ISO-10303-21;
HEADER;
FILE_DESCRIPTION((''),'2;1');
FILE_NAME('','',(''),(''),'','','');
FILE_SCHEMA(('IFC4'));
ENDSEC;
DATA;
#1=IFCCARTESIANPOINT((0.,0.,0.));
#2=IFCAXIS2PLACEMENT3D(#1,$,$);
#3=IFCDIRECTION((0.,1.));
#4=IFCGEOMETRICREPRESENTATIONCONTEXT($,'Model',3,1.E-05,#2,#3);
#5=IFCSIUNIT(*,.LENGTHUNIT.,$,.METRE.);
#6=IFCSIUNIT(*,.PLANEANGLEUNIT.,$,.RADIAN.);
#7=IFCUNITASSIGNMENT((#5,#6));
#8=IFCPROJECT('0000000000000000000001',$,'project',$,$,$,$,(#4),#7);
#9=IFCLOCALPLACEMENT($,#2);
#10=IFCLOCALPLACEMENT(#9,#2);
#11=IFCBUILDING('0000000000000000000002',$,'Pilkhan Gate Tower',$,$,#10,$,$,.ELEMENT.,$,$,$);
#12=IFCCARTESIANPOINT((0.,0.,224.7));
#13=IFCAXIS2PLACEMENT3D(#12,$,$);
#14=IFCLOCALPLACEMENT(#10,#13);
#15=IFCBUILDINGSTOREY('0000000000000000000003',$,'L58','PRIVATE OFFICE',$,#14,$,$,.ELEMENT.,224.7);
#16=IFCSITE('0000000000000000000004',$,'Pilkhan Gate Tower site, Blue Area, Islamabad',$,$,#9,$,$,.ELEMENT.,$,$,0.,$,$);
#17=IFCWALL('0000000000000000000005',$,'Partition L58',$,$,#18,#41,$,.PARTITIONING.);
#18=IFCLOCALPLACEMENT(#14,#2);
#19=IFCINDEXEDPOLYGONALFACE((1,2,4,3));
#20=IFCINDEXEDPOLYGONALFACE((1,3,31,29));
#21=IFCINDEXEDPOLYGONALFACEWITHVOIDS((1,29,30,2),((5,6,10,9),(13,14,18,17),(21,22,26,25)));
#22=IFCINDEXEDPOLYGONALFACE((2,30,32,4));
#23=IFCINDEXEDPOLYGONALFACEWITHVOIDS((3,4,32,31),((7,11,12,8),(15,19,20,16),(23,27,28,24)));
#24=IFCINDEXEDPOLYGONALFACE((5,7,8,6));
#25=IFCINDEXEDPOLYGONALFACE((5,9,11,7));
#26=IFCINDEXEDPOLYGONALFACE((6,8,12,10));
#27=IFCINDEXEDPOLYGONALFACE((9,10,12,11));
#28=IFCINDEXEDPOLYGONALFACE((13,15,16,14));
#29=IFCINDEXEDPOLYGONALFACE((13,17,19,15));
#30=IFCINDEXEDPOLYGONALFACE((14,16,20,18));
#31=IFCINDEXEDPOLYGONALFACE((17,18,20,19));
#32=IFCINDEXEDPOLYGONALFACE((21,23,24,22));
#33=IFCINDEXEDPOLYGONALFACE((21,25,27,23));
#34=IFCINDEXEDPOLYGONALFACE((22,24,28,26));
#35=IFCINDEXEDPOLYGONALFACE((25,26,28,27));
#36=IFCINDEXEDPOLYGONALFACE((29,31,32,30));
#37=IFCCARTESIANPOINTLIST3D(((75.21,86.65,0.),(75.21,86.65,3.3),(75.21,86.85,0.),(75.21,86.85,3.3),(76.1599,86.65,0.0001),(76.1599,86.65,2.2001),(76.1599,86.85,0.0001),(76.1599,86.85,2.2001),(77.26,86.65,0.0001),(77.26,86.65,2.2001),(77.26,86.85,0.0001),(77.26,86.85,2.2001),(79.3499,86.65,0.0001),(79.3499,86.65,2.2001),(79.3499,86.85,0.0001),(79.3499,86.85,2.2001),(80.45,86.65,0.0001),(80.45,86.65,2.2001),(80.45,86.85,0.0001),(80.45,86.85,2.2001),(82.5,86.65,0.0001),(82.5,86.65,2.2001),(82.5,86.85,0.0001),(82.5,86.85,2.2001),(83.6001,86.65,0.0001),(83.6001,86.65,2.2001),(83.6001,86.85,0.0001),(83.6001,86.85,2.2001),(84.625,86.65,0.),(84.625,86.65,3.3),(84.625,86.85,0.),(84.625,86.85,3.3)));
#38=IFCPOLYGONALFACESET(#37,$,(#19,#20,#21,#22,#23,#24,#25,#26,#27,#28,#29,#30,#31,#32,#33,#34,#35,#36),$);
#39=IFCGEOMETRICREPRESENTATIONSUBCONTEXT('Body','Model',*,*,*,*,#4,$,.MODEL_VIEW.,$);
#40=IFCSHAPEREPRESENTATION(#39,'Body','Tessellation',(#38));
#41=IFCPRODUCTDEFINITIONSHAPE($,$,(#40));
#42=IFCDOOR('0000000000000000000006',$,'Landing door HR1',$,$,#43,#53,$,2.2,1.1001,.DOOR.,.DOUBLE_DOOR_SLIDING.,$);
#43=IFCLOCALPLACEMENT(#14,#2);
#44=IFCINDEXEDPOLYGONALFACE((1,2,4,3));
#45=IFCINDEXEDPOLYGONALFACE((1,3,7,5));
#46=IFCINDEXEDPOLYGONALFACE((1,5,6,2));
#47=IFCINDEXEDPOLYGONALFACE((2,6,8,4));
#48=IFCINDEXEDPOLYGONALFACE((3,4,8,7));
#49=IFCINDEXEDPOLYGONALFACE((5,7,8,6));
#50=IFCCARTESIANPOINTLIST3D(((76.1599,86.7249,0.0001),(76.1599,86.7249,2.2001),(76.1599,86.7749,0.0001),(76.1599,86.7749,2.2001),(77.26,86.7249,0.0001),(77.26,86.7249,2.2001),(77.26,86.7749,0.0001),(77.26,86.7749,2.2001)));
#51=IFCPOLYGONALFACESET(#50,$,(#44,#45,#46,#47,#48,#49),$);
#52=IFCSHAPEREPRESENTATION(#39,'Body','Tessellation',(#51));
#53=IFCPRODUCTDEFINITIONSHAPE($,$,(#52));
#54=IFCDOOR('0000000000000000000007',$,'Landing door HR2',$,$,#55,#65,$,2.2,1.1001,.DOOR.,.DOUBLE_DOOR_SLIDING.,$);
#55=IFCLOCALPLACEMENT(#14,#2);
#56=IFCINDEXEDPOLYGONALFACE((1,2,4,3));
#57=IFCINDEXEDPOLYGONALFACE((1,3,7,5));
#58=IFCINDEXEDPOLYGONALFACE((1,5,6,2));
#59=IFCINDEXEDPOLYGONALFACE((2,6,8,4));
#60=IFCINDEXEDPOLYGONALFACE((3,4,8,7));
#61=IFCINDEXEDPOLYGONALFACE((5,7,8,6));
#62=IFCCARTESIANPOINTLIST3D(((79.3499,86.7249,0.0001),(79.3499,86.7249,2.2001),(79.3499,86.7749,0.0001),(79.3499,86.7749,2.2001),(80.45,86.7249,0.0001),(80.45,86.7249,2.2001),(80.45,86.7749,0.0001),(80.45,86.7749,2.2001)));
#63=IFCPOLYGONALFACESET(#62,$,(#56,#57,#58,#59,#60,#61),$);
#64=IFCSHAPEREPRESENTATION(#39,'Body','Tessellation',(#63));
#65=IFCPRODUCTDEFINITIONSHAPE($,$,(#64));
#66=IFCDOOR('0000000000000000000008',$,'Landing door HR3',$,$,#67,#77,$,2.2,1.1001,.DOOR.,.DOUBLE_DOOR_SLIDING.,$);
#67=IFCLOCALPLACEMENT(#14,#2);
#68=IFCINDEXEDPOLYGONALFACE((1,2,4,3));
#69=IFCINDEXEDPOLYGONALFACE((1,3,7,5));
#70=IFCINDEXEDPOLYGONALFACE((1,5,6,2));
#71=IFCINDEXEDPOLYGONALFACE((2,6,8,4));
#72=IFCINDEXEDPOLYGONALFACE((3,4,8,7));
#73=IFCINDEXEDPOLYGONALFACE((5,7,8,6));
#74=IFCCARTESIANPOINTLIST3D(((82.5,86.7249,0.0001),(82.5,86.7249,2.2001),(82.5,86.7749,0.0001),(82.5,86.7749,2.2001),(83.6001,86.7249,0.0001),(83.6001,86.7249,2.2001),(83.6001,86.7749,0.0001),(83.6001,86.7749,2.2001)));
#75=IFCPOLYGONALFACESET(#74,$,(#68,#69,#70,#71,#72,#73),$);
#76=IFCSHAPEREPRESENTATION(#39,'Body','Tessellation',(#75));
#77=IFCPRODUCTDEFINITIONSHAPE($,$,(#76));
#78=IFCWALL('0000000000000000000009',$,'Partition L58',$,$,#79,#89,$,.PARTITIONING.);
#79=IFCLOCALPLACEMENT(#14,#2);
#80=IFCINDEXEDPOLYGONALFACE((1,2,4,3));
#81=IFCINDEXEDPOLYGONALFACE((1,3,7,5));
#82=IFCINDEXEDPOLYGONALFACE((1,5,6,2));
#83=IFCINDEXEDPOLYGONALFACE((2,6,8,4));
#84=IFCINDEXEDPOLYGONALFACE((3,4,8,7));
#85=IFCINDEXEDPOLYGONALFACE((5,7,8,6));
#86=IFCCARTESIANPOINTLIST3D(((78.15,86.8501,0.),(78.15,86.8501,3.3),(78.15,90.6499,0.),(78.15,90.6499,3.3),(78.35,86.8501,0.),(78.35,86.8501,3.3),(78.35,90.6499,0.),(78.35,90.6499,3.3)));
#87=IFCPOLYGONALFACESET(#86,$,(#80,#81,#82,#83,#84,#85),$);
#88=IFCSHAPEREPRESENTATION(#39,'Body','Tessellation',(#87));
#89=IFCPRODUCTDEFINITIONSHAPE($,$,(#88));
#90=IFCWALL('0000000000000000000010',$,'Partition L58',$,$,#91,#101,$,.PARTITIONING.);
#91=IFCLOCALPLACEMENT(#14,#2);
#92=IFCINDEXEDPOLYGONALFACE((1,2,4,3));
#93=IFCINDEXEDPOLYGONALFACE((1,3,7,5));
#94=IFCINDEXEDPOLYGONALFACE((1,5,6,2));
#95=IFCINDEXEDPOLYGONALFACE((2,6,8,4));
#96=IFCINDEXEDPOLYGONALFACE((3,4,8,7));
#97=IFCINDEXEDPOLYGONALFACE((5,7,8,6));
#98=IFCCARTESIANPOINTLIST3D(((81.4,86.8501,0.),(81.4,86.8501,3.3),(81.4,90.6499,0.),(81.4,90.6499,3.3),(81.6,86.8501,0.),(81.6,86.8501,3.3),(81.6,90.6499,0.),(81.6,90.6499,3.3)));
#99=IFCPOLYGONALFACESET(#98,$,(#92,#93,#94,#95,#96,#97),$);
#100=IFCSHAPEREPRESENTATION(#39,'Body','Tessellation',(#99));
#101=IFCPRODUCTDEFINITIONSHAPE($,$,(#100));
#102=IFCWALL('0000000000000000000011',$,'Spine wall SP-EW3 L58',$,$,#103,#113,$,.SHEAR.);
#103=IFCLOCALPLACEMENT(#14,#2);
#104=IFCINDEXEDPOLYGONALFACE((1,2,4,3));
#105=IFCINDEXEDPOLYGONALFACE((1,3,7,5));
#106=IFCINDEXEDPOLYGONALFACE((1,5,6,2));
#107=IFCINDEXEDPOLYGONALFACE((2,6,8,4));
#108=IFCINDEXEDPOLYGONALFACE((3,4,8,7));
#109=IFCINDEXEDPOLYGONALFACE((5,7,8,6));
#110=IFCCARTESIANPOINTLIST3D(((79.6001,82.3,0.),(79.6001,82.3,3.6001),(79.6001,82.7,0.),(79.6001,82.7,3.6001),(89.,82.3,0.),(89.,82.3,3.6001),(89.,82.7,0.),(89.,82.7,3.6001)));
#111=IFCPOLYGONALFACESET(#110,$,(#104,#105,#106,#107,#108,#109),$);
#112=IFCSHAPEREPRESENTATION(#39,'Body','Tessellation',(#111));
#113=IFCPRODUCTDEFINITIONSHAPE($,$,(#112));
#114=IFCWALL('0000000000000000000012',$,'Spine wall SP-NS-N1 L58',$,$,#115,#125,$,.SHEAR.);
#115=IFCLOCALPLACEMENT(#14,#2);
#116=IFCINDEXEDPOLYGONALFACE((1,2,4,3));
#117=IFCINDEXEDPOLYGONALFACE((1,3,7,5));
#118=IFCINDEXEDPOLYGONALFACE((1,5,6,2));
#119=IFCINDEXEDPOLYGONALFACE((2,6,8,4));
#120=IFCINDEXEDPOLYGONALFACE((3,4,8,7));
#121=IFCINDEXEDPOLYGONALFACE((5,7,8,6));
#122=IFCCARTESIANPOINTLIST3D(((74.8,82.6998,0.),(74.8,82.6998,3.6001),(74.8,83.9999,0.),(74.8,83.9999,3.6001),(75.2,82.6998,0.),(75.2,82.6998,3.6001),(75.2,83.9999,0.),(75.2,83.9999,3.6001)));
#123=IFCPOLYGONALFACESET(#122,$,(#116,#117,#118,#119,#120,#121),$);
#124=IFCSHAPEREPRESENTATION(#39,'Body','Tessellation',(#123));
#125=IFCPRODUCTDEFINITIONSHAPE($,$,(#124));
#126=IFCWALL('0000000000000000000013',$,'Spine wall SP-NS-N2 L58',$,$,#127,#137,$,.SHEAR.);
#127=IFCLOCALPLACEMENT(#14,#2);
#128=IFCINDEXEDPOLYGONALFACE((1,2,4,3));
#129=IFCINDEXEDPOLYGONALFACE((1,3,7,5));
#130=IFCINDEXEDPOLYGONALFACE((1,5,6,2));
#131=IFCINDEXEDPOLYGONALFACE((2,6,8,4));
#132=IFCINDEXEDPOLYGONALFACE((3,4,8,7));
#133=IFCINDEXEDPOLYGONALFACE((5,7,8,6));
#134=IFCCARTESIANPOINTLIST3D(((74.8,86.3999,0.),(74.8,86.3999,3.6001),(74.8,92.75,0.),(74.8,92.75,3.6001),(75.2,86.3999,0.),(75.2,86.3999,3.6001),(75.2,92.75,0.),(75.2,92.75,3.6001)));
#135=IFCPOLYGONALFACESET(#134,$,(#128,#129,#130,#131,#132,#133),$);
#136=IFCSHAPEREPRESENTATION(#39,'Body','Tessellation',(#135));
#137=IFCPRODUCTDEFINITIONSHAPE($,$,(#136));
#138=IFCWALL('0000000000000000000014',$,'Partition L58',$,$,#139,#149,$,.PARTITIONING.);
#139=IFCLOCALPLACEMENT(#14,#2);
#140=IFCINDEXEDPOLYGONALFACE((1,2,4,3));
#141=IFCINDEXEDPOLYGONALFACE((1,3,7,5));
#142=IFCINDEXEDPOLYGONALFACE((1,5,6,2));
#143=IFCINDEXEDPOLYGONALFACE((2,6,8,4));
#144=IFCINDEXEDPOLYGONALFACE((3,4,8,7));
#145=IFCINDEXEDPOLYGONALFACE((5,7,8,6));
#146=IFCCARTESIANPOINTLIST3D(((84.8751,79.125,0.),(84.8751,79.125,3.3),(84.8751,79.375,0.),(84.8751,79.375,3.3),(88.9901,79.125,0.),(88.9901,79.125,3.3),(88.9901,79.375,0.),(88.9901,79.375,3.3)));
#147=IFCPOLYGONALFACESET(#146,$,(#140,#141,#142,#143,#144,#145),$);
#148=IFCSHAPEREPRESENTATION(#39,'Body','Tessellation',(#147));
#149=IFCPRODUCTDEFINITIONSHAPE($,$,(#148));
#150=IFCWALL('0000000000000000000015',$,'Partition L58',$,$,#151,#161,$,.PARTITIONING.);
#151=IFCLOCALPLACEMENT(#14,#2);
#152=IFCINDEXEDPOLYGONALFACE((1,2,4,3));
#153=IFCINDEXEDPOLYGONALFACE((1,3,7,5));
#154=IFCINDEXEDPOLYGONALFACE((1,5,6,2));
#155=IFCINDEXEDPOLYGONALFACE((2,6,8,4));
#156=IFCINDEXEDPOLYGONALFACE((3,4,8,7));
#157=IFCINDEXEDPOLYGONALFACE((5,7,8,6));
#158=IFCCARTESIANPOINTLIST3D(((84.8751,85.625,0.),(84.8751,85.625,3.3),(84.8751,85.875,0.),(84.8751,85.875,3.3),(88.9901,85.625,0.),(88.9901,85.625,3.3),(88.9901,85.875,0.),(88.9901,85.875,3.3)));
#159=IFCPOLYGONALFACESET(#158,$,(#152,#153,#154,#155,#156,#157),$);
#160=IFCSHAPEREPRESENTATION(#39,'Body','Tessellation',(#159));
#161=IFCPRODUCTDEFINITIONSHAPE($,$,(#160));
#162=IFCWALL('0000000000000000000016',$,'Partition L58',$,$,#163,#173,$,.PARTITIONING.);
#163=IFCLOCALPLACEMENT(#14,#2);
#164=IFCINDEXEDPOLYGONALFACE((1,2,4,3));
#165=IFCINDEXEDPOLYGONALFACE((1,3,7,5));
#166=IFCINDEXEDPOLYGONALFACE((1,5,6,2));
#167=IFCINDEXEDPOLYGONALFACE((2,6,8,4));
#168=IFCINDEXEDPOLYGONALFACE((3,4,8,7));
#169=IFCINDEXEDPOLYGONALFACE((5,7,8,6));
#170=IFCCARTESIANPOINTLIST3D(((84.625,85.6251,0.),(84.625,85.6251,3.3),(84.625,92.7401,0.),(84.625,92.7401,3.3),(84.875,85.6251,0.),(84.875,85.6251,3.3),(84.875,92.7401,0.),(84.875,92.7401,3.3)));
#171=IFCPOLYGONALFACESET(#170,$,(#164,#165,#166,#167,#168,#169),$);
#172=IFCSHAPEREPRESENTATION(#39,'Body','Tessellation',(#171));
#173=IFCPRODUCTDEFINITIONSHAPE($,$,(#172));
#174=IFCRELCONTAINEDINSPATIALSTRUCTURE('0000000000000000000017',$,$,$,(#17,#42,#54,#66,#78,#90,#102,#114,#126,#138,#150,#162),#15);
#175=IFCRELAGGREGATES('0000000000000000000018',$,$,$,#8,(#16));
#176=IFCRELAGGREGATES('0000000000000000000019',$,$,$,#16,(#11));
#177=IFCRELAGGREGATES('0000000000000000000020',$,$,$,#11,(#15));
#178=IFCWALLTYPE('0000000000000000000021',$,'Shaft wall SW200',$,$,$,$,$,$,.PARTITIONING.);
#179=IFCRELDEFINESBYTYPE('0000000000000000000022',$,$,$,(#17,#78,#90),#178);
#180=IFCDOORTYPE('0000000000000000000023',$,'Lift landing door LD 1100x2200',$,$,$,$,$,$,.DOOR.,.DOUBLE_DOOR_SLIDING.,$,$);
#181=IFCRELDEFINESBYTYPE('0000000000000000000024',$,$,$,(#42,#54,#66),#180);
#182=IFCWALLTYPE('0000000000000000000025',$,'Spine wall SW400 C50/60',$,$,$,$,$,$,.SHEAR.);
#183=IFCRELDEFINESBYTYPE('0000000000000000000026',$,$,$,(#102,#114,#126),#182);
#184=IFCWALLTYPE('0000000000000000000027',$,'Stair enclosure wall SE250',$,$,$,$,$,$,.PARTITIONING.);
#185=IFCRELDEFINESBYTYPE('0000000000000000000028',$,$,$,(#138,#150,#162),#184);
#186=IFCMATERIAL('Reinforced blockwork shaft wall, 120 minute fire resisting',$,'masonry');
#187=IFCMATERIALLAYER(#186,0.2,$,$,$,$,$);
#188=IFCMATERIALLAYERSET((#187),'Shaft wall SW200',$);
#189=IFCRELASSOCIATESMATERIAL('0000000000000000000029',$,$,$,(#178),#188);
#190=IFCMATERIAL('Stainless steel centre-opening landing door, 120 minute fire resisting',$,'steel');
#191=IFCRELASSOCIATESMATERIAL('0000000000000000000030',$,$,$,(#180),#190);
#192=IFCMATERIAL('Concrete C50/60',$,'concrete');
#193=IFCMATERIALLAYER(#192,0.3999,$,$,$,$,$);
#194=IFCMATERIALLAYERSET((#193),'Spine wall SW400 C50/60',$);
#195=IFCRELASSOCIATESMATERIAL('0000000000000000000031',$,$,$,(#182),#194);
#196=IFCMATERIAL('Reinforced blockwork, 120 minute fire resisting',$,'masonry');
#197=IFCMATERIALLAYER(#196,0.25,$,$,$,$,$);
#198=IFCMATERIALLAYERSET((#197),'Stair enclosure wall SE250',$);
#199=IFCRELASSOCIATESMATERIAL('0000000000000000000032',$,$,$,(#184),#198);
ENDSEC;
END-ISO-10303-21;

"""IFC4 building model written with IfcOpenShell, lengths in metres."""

from ifc_helpers import new_model, si_unit, direction, frame, frame_2d, origin, place, context, subcontext, project, spatial, rectangle, extrude, material, layer, layer_set, type_object, element, fill, save


model = new_model("IFC4")

# Units and contexts
model_context = context("Model", 3, precision=1e-05, world=origin(), true_north=direction((0.0, 1.0)))
body_context = subcontext(model_context, "Body", "Model", "MODEL_VIEW")
ifc_project = project(units=[si_unit("LENGTHUNIT", "METRE"), si_unit("PLANEANGLEUNIT", "RADIAN")], contexts=[model_context])

# Site, building, storey
site_placement = place(None, origin())
site = spatial("IfcSite", under=ifc_project, at=site_placement, Name="Pilkhan Gate Tower site, Blue Area, Islamabad", CompositionType="ELEMENT", RefElevation=0.0)
building_placement = place(site_placement, origin())
building = spatial("IfcBuilding", under=site, at=building_placement, Name="Pilkhan Gate Tower", CompositionType="ELEMENT")
storey_placement = place(building_placement, frame((0.0, 0.0, 224.7)))
storey = spatial("IfcBuildingStorey", under=building, at=storey_placement, Name="L58", Description="PRIVATE OFFICE", CompositionType="ELEMENT", Elevation=224.7)

# Shared definitions
ifc_material_1 = material(Name="Concrete C50/60", Category="concrete")

# Wall, openings, doors
ifc_material_2 = material(Name="Reinforced blockwork shaft wall, 120 minute fire resisting", Category="masonry")
ifc_layer_1 = layer(ifc_material_2, 0.2)
ifc_layer_set_1 = layer_set([ifc_layer_1], Name="Shaft wall SW200")
wall_type_1 = type_object("IfcWallType", Name="Shaft wall SW200", PredefinedType="PARTITIONING", material=ifc_layer_set_1)
wall_1_placement = place(storey_placement, frame((75.21, 86.75, 0.0), z_axis=(0.0, 0.0, 1.0), x_axis=(1.0, 0.0, 0.0)))
wall_1 = element("IfcWall", 1, at=wall_1_placement, inside=storey, type_object=wall_type_1, Name="Partition L58", PredefinedType="PARTITIONING", context=body_context, shape_type="SweptSolid", body=[
    extrude(rectangle(XDim=9.415, YDim=0.2, at=frame_2d((4.7075, 0.0))), origin(), (0.0, 0.0, 1.0), 3.3),
])
opening_1_placement = place(wall_1_placement, frame((0.95, 0.0, 0.0)))
opening_1 = element("IfcOpeningElement", 2, at=opening_1_placement, cuts=wall_1, PredefinedType="OPENING", context=body_context, shape_type="SweptSolid", body=[
    extrude(rectangle(XDim=1.1001, YDim=2.2, at=frame_2d((0.55, 1.1001))), frame((0.0, 0.1099, 0.0), z_axis=(0.0, -1.0, 0.0), x_axis=(1.0, 0.0, 0.0)), (0.0, 0.0, 1.0), 0.22),
])
opening_2_placement = place(wall_1_placement, frame((4.1399, 0.0, 0.0)))
opening_2 = element("IfcOpeningElement", 3, at=opening_2_placement, cuts=wall_1, PredefinedType="OPENING", context=body_context, shape_type="SweptSolid", body=[
    extrude(rectangle(XDim=1.1001, YDim=2.2, at=frame_2d((0.55, 1.1001))), frame((0.0, 0.1099, 0.0), z_axis=(0.0, -1.0, 0.0), x_axis=(1.0, 0.0, 0.0)), (0.0, 0.0, 1.0), 0.22),
])
opening_3_placement = place(wall_1_placement, frame((7.29, 0.0, 0.0)))
opening_3 = element("IfcOpeningElement", 4, at=opening_3_placement, cuts=wall_1, PredefinedType="OPENING", context=body_context, shape_type="SweptSolid", body=[
    extrude(rectangle(XDim=1.1001, YDim=2.2, at=frame_2d((0.55, 1.1001))), frame((0.0, 0.1099, 0.0), z_axis=(0.0, -1.0, 0.0), x_axis=(1.0, 0.0, 0.0)), (0.0, 0.0, 1.0), 0.22),
])
ifc_material_3 = material(Name="Stainless steel centre-opening landing door, 120 minute fire resisting", Category="steel")
door_type_1 = type_object("IfcDoorType", Name="Lift landing door LD 1100x2200", OperationType="DOUBLE_DOOR_SLIDING", PredefinedType="DOOR", material=ifc_material_3)
door_1_placement = place(opening_1_placement, origin())
door_1 = element("IfcDoor", 5, at=door_1_placement, inside=storey, type_object=door_type_1, Name="Landing door HR1", OperationType="DOUBLE_DOOR_SLIDING", OverallHeight=2.2, OverallWidth=1.1001, PredefinedType="DOOR", context=body_context, shape_type="SweptSolid", body=[
    extrude(rectangle(XDim=1.1001, YDim=2.2, at=frame_2d((0.55, 1.1001))), frame((0.0, 0.0249, 0.0), z_axis=(0.0, -1.0, 0.0), x_axis=(1.0, 0.0, 0.0)), (0.0, 0.0, 1.0), 0.05),
])
fill(opening_1, door_1)
door_2_placement = place(opening_2_placement, origin())
door_2 = element("IfcDoor", 6, at=door_2_placement, inside=storey, type_object=door_type_1, Name="Landing door HR2", OperationType="DOUBLE_DOOR_SLIDING", OverallHeight=2.2, OverallWidth=1.1001, PredefinedType="DOOR", context=body_context, shape_type="SweptSolid", body=[
    extrude(rectangle(XDim=1.1001, YDim=2.2, at=frame_2d((0.55, 1.1001))), frame((0.0, 0.0249, 0.0), z_axis=(0.0, -1.0, 0.0), x_axis=(1.0, 0.0, 0.0)), (0.0, 0.0, 1.0), 0.05),
])
fill(opening_2, door_2)
door_3_placement = place(opening_3_placement, origin())
door_3 = element("IfcDoor", 7, at=door_3_placement, inside=storey, type_object=door_type_1, Name="Landing door HR3", OperationType="DOUBLE_DOOR_SLIDING", OverallHeight=2.2, OverallWidth=1.1001, PredefinedType="DOOR", context=body_context, shape_type="SweptSolid", body=[
    extrude(rectangle(XDim=1.1001, YDim=2.2, at=frame_2d((0.55, 1.1001))), frame((0.0, 0.0249, 0.0), z_axis=(0.0, -1.0, 0.0), x_axis=(1.0, 0.0, 0.0)), (0.0, 0.0, 1.0), 0.05),
])
fill(opening_3, door_3)

# Walls
for number, where, z_axis, x_axis, name in (
    (8, (78.25, 86.8501, 0.0), (0.0, 0.0, 1.0), (0.0, 1.0, 0.0), "Partition L58"),
    (9, (81.5, 86.8501, 0.0), (0.0, 0.0, 1.0), (0.0, 1.0, 0.0), "Partition L58"),
):
    element("IfcWall", number, at=place(storey_placement, frame(where, z_axis=z_axis, x_axis=x_axis)), inside=storey, type_object=wall_type_1, Name=name, PredefinedType="PARTITIONING", context=body_context, shape_type="SweptSolid", body=[
        extrude(rectangle(XDim=3.7998, YDim=0.2, at=frame_2d((1.8999, 0.0))), origin(), (0.0, 0.0, 1.0), 3.3),
    ])
ifc_layer_2 = layer(ifc_material_1, 0.3999)
ifc_layer_set_2 = layer_set([ifc_layer_2], Name="Spine wall SW400 C50/60")
wall_type_2 = type_object("IfcWallType", Name="Spine wall SW400 C50/60", PredefinedType="SHEAR", material=ifc_layer_set_2)
wall_2_placement = place(storey_placement, frame((79.6001, 82.5, 0.0), z_axis=(0.0, 0.0, 1.0), x_axis=(1.0, 0.0, 0.0)))
element("IfcWall", 10, at=wall_2_placement, inside=storey, type_object=wall_type_2, Name="Spine wall SP-EW3 L58", PredefinedType="SHEAR", context=body_context, shape_type="SweptSolid", body=[
    extrude(rectangle(XDim=9.3999, YDim=0.3999, at=frame_2d((4.7, 0.0))), origin(), (0.0, 0.0, 1.0), 3.6001),
])
wall_3_placement = place(storey_placement, frame((75.0, 82.7, 0.0), z_axis=(0.0, 0.0, 1.0), x_axis=(0.0, 1.0, 0.0)))
element("IfcWall", 11, at=wall_3_placement, inside=storey, type_object=wall_type_2, Name="Spine wall SP-NS-N1 L58", PredefinedType="SHEAR", context=body_context, shape_type="SweptSolid", body=[
    extrude(rectangle(XDim=1.3, YDim=0.3999, at=frame_2d((0.6499, 0.0))), origin(), (0.0, 0.0, 1.0), 3.6001),
])
wall_4_placement = place(storey_placement, frame((75.0, 86.3999, 0.0), z_axis=(0.0, 0.0, 1.0), x_axis=(0.0, 1.0, 0.0)))
element("IfcWall", 12, at=wall_4_placement, inside=storey, type_object=wall_type_2, Name="Spine wall SP-NS-N2 L58", PredefinedType="SHEAR", context=body_context, shape_type="SweptSolid", body=[
    extrude(rectangle(XDim=6.3501, YDim=0.3999, at=frame_2d((3.175, 0.0))), origin(), (0.0, 0.0, 1.0), 3.6001),
])
ifc_material_4 = material(Name="Reinforced blockwork, 120 minute fire resisting", Category="masonry")
ifc_layer_3 = layer(ifc_material_4, 0.25)
ifc_layer_set_3 = layer_set([ifc_layer_3], Name="Stair enclosure wall SE250")
wall_type_3 = type_object("IfcWallType", Name="Stair enclosure wall SE250", PredefinedType="PARTITIONING", material=ifc_layer_set_3)
for number, where, z_axis, x_axis, name in (
    (13, (84.875, 79.25, 0.0), (0.0, 0.0, 1.0), (1.0, 0.0, 0.0), "Partition L58"),
    (14, (84.875, 85.75, 0.0), (0.0, 0.0, 1.0), (1.0, 0.0, 0.0), "Partition L58"),
):
    element("IfcWall", number, at=place(storey_placement, frame(where, z_axis=z_axis, x_axis=x_axis)), inside=storey, type_object=wall_type_3, Name=name, PredefinedType="PARTITIONING", context=body_context, shape_type="SweptSolid", body=[
        extrude(rectangle(XDim=4.115, YDim=0.25, at=frame_2d((2.0576, 0.0))), origin(), (0.0, 0.0, 1.0), 3.3),
    ])
wall_5_placement = place(storey_placement, frame((84.75, 85.625, 0.0), z_axis=(0.0, 0.0, 1.0), x_axis=(0.0, 1.0, 0.0)))
element("IfcWall", 15, at=wall_5_placement, inside=storey, type_object=wall_type_3, Name="Partition L58", PredefinedType="PARTITIONING", context=body_context, shape_type="SweptSolid", body=[
    extrude(rectangle(XDim=7.115, YDim=0.25, at=frame_2d((3.5576, 0.0))), origin(), (0.0, 0.0, 1.0), 3.3),
])

save(model, "model.ifc")
